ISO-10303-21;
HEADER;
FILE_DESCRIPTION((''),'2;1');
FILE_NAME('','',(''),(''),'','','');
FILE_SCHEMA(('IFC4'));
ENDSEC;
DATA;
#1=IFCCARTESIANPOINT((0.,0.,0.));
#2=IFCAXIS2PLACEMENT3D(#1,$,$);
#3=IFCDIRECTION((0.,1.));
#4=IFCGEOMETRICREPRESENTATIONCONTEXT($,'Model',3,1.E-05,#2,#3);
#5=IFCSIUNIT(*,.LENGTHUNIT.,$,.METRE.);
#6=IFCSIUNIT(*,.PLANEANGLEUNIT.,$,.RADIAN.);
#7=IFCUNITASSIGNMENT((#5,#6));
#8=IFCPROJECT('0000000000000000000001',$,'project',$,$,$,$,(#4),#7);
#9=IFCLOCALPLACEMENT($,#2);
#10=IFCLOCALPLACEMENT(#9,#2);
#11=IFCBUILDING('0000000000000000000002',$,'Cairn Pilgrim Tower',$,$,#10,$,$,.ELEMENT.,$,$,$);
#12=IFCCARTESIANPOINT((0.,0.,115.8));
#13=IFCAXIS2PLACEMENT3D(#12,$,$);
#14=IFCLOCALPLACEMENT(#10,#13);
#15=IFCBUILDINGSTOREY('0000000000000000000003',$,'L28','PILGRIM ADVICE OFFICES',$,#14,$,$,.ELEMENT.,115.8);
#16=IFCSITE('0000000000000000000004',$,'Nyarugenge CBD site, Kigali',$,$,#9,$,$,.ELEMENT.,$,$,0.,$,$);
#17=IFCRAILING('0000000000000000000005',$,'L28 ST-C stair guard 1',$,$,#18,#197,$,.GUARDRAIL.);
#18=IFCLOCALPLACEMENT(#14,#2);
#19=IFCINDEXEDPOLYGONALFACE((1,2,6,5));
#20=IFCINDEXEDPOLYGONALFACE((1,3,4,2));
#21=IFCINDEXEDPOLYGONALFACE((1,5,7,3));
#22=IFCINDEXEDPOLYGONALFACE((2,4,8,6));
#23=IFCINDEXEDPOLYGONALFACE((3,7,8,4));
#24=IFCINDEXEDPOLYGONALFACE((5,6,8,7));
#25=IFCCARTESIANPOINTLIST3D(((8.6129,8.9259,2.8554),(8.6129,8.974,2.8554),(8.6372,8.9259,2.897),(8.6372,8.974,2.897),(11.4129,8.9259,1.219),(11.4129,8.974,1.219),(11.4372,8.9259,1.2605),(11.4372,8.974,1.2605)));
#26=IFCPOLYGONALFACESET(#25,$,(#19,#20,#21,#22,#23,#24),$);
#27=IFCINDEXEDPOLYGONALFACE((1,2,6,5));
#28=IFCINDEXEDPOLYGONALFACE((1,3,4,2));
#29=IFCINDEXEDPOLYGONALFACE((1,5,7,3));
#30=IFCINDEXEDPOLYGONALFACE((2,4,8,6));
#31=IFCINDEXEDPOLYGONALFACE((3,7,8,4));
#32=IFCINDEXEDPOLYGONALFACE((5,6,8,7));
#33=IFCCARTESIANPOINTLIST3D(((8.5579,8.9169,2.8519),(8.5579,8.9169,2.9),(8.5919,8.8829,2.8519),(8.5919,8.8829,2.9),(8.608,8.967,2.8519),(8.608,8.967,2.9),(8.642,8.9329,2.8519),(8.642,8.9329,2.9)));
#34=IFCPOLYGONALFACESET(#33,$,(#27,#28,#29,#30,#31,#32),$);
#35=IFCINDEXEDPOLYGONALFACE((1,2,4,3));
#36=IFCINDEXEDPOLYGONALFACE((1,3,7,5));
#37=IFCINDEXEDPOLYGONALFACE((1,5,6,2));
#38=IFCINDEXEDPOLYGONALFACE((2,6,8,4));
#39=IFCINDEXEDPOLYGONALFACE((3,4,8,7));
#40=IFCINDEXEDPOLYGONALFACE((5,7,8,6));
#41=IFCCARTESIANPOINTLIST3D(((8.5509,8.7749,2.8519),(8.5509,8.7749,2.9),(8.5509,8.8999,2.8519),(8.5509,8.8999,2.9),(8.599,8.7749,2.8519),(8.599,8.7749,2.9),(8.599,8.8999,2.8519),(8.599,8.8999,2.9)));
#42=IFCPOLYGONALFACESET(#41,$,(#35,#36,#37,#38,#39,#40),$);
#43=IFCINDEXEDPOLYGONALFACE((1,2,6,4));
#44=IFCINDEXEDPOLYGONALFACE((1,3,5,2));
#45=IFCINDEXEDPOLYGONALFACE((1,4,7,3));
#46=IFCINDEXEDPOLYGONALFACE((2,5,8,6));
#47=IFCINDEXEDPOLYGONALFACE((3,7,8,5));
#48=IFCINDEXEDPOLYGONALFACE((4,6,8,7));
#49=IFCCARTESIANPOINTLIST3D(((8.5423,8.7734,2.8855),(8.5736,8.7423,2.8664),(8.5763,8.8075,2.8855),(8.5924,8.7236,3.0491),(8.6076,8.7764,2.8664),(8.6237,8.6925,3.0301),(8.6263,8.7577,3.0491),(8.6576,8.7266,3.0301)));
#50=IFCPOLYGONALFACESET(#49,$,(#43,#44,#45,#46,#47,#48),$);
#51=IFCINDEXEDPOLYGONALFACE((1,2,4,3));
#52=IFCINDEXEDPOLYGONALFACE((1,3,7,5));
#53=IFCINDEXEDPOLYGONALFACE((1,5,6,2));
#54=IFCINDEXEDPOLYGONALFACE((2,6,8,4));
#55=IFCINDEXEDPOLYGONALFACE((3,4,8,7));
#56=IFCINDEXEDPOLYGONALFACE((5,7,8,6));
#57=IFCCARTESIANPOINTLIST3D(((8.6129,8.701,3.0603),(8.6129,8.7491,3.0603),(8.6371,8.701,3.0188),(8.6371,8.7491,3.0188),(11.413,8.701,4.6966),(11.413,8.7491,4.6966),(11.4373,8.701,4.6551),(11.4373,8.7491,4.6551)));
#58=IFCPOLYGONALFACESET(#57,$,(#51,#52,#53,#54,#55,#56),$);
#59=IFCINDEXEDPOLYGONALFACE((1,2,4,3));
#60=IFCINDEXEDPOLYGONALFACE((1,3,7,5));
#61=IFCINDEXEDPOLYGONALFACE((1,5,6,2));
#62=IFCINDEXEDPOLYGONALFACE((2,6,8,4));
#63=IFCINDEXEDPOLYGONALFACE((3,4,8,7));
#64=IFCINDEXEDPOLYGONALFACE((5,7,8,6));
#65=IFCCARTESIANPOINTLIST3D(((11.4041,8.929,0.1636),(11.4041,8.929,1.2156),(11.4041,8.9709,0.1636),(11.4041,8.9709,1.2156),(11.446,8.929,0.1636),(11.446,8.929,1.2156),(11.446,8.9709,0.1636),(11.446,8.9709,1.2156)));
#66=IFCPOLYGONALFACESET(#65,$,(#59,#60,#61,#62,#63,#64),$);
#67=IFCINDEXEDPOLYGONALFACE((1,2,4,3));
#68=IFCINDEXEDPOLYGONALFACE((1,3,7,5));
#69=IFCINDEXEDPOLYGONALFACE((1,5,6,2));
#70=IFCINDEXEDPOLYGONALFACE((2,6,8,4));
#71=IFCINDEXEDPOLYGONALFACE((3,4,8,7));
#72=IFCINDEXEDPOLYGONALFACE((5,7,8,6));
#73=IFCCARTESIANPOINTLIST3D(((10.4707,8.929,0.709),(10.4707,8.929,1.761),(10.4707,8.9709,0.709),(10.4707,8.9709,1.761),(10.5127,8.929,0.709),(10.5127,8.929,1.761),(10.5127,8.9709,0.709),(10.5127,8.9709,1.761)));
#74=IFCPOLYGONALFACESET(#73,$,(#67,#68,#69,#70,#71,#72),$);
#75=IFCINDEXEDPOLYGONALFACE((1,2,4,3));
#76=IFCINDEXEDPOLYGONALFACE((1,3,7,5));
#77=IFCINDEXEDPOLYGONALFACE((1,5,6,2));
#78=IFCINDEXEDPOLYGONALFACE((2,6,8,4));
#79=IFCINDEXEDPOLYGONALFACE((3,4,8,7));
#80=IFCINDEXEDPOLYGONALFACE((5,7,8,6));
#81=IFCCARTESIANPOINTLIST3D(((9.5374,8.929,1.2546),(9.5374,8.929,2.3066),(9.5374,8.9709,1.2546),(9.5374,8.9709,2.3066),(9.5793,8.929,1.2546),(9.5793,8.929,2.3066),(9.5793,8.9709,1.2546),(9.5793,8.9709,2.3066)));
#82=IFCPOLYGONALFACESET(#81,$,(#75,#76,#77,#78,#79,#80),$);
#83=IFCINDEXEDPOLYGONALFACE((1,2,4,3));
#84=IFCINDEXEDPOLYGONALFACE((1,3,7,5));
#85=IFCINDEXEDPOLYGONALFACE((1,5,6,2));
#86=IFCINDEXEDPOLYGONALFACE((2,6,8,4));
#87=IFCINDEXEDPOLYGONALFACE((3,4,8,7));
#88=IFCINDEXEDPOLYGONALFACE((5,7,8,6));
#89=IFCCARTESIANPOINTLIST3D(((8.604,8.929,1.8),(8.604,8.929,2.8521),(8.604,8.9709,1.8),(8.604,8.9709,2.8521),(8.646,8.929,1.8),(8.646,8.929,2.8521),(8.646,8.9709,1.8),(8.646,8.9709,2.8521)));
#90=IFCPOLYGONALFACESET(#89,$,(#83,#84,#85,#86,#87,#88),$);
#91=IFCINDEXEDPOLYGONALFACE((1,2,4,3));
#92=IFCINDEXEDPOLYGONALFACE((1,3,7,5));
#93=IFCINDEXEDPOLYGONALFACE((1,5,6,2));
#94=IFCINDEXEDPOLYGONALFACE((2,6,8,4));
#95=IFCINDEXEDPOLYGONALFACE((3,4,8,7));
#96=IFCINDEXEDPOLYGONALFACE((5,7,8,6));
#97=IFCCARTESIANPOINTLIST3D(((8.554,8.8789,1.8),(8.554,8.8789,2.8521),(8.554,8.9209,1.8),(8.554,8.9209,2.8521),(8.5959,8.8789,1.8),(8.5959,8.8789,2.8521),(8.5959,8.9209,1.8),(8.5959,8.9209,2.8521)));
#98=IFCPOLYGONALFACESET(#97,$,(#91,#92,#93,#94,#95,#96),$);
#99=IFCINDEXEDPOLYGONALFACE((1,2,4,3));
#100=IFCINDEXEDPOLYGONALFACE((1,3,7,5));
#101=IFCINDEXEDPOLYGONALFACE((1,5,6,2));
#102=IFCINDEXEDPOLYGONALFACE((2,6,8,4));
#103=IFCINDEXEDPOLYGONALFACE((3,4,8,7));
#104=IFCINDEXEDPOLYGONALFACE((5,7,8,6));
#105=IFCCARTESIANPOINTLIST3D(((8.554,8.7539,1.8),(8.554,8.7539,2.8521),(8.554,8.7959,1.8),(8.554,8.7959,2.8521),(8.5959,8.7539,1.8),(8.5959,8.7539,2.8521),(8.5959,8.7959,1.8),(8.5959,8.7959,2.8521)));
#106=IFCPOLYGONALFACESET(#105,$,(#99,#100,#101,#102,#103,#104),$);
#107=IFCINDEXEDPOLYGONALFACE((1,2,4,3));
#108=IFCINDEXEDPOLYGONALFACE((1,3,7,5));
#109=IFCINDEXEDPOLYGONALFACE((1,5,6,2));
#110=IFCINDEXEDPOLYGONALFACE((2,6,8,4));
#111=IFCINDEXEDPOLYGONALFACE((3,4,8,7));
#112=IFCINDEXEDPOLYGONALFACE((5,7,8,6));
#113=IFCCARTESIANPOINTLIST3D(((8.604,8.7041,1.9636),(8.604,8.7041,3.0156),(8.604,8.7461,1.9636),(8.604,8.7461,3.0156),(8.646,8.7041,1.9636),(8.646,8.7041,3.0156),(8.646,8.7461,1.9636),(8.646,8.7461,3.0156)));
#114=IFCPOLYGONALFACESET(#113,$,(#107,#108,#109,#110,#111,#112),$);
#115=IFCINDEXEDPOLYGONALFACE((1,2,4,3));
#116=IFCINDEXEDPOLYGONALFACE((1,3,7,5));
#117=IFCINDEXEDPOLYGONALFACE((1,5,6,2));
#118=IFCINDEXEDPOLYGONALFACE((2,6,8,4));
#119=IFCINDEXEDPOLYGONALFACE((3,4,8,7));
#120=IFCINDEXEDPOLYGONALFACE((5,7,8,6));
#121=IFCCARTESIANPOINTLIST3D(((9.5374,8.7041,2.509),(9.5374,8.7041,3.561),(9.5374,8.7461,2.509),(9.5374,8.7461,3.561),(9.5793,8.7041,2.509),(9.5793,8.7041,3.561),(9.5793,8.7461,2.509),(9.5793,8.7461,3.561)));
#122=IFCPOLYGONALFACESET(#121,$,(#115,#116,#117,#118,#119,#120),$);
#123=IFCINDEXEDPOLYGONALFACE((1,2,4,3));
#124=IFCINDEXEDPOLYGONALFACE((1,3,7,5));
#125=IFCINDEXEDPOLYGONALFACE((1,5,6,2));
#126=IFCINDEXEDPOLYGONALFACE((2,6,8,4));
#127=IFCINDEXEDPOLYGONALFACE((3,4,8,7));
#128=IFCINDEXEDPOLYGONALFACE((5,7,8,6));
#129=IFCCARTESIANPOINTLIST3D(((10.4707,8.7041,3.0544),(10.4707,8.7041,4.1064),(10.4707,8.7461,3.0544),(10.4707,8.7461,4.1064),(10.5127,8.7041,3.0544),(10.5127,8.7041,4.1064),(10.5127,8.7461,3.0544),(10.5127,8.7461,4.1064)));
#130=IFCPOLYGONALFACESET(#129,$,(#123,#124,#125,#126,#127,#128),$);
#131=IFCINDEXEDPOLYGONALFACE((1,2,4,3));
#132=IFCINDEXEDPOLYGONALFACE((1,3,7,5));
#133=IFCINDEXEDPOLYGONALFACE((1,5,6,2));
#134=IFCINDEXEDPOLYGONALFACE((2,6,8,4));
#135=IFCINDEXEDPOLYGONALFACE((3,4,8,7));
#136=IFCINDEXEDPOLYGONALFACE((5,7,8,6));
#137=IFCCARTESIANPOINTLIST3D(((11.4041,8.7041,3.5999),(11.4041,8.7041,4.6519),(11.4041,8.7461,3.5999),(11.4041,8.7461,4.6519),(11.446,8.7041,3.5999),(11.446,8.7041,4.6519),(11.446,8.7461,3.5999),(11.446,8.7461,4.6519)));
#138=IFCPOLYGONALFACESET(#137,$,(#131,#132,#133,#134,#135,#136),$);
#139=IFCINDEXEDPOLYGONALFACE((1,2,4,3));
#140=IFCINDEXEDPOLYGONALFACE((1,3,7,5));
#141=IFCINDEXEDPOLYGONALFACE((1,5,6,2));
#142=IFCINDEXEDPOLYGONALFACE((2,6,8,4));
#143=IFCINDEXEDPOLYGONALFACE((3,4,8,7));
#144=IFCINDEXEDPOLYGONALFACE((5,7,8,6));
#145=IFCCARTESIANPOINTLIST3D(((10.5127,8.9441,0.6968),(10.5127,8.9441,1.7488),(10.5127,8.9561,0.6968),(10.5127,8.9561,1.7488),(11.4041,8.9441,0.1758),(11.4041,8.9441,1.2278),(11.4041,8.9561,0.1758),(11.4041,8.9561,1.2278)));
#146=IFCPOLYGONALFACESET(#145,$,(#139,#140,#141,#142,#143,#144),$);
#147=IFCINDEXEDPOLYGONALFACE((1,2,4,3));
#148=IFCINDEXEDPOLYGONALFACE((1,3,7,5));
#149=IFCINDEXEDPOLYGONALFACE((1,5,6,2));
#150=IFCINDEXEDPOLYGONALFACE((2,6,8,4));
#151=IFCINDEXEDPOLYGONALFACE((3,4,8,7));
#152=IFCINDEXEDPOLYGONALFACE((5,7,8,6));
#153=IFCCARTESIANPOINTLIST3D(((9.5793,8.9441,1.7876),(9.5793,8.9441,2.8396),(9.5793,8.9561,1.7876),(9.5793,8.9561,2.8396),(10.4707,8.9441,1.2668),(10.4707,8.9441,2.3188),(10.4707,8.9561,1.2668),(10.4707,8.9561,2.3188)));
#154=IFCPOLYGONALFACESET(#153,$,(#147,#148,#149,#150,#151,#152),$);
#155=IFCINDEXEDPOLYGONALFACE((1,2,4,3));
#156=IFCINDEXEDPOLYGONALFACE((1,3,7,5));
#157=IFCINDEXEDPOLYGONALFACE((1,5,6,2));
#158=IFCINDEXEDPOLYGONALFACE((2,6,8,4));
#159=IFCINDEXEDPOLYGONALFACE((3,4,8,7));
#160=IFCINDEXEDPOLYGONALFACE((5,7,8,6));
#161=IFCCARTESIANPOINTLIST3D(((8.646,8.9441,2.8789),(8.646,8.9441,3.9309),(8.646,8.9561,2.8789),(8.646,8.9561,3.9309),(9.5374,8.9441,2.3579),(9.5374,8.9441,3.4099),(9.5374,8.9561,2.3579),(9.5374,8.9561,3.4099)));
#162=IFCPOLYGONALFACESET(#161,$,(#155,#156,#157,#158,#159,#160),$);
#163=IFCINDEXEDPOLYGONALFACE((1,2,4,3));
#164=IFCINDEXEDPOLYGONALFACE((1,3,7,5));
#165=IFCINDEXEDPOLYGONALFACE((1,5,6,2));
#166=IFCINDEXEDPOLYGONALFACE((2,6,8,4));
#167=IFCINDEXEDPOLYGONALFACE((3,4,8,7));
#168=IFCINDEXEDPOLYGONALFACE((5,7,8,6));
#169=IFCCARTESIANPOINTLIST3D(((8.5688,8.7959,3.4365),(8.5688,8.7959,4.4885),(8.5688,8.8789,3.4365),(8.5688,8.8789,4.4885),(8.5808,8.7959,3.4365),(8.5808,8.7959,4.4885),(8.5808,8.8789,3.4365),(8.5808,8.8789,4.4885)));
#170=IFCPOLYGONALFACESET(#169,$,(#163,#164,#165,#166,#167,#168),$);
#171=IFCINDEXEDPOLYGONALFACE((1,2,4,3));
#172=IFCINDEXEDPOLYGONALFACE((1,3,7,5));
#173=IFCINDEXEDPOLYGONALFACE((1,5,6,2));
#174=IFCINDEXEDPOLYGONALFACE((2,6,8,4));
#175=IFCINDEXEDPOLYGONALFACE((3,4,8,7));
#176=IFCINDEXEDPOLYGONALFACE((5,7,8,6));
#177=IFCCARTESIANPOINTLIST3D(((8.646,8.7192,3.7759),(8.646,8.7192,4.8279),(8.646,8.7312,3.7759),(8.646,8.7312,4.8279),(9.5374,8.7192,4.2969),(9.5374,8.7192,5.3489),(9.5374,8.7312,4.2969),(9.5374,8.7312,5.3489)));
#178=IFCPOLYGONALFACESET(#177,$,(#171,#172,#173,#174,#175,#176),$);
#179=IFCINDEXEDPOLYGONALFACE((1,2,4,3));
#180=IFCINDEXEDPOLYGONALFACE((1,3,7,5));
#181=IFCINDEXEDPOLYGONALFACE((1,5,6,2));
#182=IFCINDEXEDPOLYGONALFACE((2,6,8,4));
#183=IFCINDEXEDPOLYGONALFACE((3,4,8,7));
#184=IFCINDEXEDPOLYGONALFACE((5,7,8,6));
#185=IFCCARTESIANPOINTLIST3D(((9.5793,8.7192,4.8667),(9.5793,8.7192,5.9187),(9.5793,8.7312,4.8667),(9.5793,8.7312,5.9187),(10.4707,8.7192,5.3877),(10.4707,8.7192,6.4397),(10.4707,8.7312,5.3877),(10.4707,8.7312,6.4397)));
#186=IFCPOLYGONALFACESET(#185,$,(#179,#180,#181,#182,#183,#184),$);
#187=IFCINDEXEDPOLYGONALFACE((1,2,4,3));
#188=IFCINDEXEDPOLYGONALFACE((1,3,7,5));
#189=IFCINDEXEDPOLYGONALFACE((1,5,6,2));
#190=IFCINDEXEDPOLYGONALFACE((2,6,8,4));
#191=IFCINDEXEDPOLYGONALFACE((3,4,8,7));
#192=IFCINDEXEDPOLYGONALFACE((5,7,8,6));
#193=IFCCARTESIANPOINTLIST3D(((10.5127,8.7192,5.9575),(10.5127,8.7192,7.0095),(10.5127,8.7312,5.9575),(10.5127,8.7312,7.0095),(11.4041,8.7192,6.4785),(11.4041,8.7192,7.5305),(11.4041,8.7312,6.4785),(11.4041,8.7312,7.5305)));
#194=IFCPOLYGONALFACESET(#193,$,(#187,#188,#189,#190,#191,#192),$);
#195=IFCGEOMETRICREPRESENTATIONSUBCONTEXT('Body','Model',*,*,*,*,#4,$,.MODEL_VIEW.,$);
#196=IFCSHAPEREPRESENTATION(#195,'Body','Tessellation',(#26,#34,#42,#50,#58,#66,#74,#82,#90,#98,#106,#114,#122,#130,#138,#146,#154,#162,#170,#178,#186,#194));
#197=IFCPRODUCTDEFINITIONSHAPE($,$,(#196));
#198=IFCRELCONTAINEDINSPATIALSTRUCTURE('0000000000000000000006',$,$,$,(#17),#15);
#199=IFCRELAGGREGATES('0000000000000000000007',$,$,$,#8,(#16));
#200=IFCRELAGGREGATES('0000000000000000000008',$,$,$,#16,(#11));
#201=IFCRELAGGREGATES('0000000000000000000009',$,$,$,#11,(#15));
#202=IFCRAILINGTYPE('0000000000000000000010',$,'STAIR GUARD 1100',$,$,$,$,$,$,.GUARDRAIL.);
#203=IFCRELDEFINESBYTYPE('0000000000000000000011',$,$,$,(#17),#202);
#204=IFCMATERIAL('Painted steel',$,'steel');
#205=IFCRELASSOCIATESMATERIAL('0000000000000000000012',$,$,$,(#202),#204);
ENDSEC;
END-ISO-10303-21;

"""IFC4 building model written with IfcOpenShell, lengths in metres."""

from ifc_helpers import new_model, si_unit, direction, frame, origin, origin_2d, place, context, subcontext, project, spatial, polyline, rectangle, outline, extrude, material, type_object, element, save


model = new_model("IFC4")

# Units and contexts
model_context = context("Model", 3, precision=1e-05, world=origin(), true_north=direction((0.0, 1.0)))
body_context = subcontext(model_context, "Body", "Model", "MODEL_VIEW")
ifc_project = project(units=[si_unit("LENGTHUNIT", "METRE"), si_unit("PLANEANGLEUNIT", "RADIAN")], contexts=[model_context])

# Site, building, storey
site_placement = place(None, origin())
site = spatial("IfcSite", under=ifc_project, at=site_placement, Name="Nyarugenge CBD site, Kigali", CompositionType="ELEMENT", RefElevation=0.0)
building_placement = place(site_placement, origin())
building = spatial("IfcBuilding", under=site, at=building_placement, Name="Cairn Pilgrim Tower", CompositionType="ELEMENT")
storey_placement = place(building_placement, frame((0.0, 0.0, 115.8)))
storey = spatial("IfcBuildingStorey", under=building, at=storey_placement, Name="L28", Description="PILGRIM ADVICE OFFICES", CompositionType="ELEMENT", Elevation=115.8)

# Shared definitions
ifc_material_1 = material(Name="Painted steel", Category="steel")

# Railing
railing_type_1 = type_object("IfcRailingType", Name="STAIR GUARD 1100", PredefinedType="GUARDRAIL", material=ifc_material_1)
railing_1_placement = place(storey_placement, frame((11.425, 8.95, 0.1636)))
element("IfcRailing", 1, at=railing_1_placement, inside=storey, type_object=railing_type_1, Name="L28 ST-C stair guard 1", PredefinedType="GUARDRAIL", context=body_context, shape_type="SweptSolid", body=[
    extrude(rectangle(XDim=0.0481, YDim=0.0481, at=origin_2d()), frame((0.0, 0.0, 1.0762), z_axis=(-0.863361, 0.0, 0.504587), x_axis=(0.0, -1.0, 0.0)), (0.0, 0.0, 1.0), 3.2432),
    extrude(rectangle(XDim=0.0481, YDim=0.0481, at=origin_2d()), frame((-2.8, 0.0, 2.7124), z_axis=(-0.707107, -0.707107, 0.0), x_axis=(0.707107, -0.707107, 0.0)), (0.0, 0.0, 1.0), 0.0708),
    extrude(rectangle(XDim=0.0481, YDim=0.0481, at=origin_2d()), frame((-2.8501, -0.05, 2.7124), z_axis=(0.0, -1.0, 0.0), x_axis=(1.0, 0.0, 0.0)), (0.0, 0.0, 1.0), 0.125),
    extrude(rectangle(XDim=0.0481, YDim=0.0481, at=origin_2d()), frame((-2.8501, -0.175, 2.7124), z_axis=(0.280917, -0.279546, 0.918118), x_axis=(0.705376, 0.708834, 0.0)), (0.0, 0.0, 1.0), 0.1782),
    extrude(rectangle(XDim=0.0481, YDim=0.0481, at=origin_2d()), frame((-2.8, -0.2249, 2.876), z_axis=(0.863394, 0.0, 0.504531), x_axis=(0.0, 1.0, 0.0)), (0.0, 0.0, 1.0), 3.2432),
    extrude(rectangle(XDim=0.042, YDim=0.042, at=origin_2d()), origin(), (0.0, 0.0, 1.0), 1.052),
    extrude(rectangle(XDim=0.042, YDim=0.042, at=origin_2d()), frame((-0.9333, 0.0, 0.5454)), (0.0, 0.0, 1.0), 1.052),
    extrude(rectangle(XDim=0.042, YDim=0.042, at=origin_2d()), frame((-1.8667, 0.0, 1.0911)), (0.0, 0.0, 1.0), 1.052),
    extrude(rectangle(XDim=0.042, YDim=0.042, at=origin_2d()), frame((-2.8, 0.0, 1.6365)), (0.0, 0.0, 1.0), 1.052),
    extrude(rectangle(XDim=0.042, YDim=0.042, at=origin_2d()), frame((-2.8501, -0.05, 1.6365)), (0.0, 0.0, 1.0), 1.052),
    extrude(rectangle(XDim=0.042, YDim=0.042, at=origin_2d()), frame((-2.8501, -0.175, 1.6365)), (0.0, 0.0, 1.0), 1.052),
    extrude(rectangle(XDim=0.042, YDim=0.042, at=origin_2d()), frame((-2.8, -0.2249, 1.8)), (0.0, 0.0, 1.0), 1.052),
    extrude(rectangle(XDim=0.042, YDim=0.042, at=origin_2d()), frame((-1.8667, -0.2249, 2.3455)), (0.0, 0.0, 1.0), 1.052),
    extrude(rectangle(XDim=0.042, YDim=0.042, at=origin_2d()), frame((-0.9333, -0.2249, 2.8909)), (0.0, 0.0, 1.0), 1.052),
    extrude(rectangle(XDim=0.042, YDim=0.042, at=origin_2d()), frame((0.0, -0.2249, 3.4363)), (0.0, 0.0, 1.0), 1.052),
    extrude(outline(polyline([(0.021, 0.0122), (0.9124, 0.5332), (0.9124, 1.5852), (0.021, 1.0642), (0.021, 0.0122)])), frame((0.0, -0.0059, 0.0), z_axis=(0.0, 1.0, 0.0), x_axis=(-1.0, 0.0, 0.0)), (0.0, 0.0, 1.0), 0.012),
    extrude(outline(polyline([(0.021, 0.5579), (0.9124, 1.0786), (0.9124, 2.1306), (0.021, 1.6099), (0.021, 0.5579)])), frame((-0.9333, -0.0059, 0.5454), z_axis=(0.0, 1.0, 0.0), x_axis=(-1.0, 0.0, 0.0)), (0.0, 0.0, 1.0), 0.012),
    extrude(outline(polyline([(0.021, 1.1033), (0.9124, 1.6243), (0.9124, 2.6763), (0.021, 2.1553), (0.021, 1.1033)])), frame((-1.8667, -0.0059, 1.0911), z_axis=(0.0, 1.0, 0.0), x_axis=(-1.0, 0.0, 0.0)), (0.0, 0.0, 1.0), 0.012),
    extrude(outline(polyline([(0.021, 1.6365), (0.104, 1.6365), (0.104, 2.6885), (0.021, 2.6885), (0.021, 1.6365)])), frame((-2.8442, -0.05, 1.6365), z_axis=(-1.0, 0.0, 0.0), x_axis=(0.0, -1.0, 0.0)), (0.0, 0.0, 1.0), 0.012),
    extrude(outline(polyline([(0.021, 1.8123), (0.9124, 2.3333), (0.9124, 3.3853), (0.021, 2.8643), (0.021, 1.8123)])), frame((-2.8, -0.2188, 1.8), z_axis=(0.0, -1.0, 0.0), x_axis=(1.0, 0.0, 0.0)), (0.0, 0.0, 1.0), 0.012),
    extrude(outline(polyline([(0.021, 2.3577), (0.9124, 2.8787), (0.9124, 3.9307), (0.021, 3.4097), (0.021, 2.3577)])), frame((-1.8667, -0.2188, 2.3455), z_axis=(0.0, -1.0, 0.0), x_axis=(1.0, 0.0, 0.0)), (0.0, 0.0, 1.0), 0.012),
    extrude(outline(polyline([(0.021, 2.9031), (0.9124, 3.4241), (0.9124, 4.4761), (0.021, 3.9551), (0.021, 2.9031)])), frame((-0.9333, -0.2188, 2.8909), z_axis=(0.0, -1.0, 0.0), x_axis=(1.0, 0.0, 0.0)), (0.0, 0.0, 1.0), 0.012),
])

save(model, "model.ifc")
